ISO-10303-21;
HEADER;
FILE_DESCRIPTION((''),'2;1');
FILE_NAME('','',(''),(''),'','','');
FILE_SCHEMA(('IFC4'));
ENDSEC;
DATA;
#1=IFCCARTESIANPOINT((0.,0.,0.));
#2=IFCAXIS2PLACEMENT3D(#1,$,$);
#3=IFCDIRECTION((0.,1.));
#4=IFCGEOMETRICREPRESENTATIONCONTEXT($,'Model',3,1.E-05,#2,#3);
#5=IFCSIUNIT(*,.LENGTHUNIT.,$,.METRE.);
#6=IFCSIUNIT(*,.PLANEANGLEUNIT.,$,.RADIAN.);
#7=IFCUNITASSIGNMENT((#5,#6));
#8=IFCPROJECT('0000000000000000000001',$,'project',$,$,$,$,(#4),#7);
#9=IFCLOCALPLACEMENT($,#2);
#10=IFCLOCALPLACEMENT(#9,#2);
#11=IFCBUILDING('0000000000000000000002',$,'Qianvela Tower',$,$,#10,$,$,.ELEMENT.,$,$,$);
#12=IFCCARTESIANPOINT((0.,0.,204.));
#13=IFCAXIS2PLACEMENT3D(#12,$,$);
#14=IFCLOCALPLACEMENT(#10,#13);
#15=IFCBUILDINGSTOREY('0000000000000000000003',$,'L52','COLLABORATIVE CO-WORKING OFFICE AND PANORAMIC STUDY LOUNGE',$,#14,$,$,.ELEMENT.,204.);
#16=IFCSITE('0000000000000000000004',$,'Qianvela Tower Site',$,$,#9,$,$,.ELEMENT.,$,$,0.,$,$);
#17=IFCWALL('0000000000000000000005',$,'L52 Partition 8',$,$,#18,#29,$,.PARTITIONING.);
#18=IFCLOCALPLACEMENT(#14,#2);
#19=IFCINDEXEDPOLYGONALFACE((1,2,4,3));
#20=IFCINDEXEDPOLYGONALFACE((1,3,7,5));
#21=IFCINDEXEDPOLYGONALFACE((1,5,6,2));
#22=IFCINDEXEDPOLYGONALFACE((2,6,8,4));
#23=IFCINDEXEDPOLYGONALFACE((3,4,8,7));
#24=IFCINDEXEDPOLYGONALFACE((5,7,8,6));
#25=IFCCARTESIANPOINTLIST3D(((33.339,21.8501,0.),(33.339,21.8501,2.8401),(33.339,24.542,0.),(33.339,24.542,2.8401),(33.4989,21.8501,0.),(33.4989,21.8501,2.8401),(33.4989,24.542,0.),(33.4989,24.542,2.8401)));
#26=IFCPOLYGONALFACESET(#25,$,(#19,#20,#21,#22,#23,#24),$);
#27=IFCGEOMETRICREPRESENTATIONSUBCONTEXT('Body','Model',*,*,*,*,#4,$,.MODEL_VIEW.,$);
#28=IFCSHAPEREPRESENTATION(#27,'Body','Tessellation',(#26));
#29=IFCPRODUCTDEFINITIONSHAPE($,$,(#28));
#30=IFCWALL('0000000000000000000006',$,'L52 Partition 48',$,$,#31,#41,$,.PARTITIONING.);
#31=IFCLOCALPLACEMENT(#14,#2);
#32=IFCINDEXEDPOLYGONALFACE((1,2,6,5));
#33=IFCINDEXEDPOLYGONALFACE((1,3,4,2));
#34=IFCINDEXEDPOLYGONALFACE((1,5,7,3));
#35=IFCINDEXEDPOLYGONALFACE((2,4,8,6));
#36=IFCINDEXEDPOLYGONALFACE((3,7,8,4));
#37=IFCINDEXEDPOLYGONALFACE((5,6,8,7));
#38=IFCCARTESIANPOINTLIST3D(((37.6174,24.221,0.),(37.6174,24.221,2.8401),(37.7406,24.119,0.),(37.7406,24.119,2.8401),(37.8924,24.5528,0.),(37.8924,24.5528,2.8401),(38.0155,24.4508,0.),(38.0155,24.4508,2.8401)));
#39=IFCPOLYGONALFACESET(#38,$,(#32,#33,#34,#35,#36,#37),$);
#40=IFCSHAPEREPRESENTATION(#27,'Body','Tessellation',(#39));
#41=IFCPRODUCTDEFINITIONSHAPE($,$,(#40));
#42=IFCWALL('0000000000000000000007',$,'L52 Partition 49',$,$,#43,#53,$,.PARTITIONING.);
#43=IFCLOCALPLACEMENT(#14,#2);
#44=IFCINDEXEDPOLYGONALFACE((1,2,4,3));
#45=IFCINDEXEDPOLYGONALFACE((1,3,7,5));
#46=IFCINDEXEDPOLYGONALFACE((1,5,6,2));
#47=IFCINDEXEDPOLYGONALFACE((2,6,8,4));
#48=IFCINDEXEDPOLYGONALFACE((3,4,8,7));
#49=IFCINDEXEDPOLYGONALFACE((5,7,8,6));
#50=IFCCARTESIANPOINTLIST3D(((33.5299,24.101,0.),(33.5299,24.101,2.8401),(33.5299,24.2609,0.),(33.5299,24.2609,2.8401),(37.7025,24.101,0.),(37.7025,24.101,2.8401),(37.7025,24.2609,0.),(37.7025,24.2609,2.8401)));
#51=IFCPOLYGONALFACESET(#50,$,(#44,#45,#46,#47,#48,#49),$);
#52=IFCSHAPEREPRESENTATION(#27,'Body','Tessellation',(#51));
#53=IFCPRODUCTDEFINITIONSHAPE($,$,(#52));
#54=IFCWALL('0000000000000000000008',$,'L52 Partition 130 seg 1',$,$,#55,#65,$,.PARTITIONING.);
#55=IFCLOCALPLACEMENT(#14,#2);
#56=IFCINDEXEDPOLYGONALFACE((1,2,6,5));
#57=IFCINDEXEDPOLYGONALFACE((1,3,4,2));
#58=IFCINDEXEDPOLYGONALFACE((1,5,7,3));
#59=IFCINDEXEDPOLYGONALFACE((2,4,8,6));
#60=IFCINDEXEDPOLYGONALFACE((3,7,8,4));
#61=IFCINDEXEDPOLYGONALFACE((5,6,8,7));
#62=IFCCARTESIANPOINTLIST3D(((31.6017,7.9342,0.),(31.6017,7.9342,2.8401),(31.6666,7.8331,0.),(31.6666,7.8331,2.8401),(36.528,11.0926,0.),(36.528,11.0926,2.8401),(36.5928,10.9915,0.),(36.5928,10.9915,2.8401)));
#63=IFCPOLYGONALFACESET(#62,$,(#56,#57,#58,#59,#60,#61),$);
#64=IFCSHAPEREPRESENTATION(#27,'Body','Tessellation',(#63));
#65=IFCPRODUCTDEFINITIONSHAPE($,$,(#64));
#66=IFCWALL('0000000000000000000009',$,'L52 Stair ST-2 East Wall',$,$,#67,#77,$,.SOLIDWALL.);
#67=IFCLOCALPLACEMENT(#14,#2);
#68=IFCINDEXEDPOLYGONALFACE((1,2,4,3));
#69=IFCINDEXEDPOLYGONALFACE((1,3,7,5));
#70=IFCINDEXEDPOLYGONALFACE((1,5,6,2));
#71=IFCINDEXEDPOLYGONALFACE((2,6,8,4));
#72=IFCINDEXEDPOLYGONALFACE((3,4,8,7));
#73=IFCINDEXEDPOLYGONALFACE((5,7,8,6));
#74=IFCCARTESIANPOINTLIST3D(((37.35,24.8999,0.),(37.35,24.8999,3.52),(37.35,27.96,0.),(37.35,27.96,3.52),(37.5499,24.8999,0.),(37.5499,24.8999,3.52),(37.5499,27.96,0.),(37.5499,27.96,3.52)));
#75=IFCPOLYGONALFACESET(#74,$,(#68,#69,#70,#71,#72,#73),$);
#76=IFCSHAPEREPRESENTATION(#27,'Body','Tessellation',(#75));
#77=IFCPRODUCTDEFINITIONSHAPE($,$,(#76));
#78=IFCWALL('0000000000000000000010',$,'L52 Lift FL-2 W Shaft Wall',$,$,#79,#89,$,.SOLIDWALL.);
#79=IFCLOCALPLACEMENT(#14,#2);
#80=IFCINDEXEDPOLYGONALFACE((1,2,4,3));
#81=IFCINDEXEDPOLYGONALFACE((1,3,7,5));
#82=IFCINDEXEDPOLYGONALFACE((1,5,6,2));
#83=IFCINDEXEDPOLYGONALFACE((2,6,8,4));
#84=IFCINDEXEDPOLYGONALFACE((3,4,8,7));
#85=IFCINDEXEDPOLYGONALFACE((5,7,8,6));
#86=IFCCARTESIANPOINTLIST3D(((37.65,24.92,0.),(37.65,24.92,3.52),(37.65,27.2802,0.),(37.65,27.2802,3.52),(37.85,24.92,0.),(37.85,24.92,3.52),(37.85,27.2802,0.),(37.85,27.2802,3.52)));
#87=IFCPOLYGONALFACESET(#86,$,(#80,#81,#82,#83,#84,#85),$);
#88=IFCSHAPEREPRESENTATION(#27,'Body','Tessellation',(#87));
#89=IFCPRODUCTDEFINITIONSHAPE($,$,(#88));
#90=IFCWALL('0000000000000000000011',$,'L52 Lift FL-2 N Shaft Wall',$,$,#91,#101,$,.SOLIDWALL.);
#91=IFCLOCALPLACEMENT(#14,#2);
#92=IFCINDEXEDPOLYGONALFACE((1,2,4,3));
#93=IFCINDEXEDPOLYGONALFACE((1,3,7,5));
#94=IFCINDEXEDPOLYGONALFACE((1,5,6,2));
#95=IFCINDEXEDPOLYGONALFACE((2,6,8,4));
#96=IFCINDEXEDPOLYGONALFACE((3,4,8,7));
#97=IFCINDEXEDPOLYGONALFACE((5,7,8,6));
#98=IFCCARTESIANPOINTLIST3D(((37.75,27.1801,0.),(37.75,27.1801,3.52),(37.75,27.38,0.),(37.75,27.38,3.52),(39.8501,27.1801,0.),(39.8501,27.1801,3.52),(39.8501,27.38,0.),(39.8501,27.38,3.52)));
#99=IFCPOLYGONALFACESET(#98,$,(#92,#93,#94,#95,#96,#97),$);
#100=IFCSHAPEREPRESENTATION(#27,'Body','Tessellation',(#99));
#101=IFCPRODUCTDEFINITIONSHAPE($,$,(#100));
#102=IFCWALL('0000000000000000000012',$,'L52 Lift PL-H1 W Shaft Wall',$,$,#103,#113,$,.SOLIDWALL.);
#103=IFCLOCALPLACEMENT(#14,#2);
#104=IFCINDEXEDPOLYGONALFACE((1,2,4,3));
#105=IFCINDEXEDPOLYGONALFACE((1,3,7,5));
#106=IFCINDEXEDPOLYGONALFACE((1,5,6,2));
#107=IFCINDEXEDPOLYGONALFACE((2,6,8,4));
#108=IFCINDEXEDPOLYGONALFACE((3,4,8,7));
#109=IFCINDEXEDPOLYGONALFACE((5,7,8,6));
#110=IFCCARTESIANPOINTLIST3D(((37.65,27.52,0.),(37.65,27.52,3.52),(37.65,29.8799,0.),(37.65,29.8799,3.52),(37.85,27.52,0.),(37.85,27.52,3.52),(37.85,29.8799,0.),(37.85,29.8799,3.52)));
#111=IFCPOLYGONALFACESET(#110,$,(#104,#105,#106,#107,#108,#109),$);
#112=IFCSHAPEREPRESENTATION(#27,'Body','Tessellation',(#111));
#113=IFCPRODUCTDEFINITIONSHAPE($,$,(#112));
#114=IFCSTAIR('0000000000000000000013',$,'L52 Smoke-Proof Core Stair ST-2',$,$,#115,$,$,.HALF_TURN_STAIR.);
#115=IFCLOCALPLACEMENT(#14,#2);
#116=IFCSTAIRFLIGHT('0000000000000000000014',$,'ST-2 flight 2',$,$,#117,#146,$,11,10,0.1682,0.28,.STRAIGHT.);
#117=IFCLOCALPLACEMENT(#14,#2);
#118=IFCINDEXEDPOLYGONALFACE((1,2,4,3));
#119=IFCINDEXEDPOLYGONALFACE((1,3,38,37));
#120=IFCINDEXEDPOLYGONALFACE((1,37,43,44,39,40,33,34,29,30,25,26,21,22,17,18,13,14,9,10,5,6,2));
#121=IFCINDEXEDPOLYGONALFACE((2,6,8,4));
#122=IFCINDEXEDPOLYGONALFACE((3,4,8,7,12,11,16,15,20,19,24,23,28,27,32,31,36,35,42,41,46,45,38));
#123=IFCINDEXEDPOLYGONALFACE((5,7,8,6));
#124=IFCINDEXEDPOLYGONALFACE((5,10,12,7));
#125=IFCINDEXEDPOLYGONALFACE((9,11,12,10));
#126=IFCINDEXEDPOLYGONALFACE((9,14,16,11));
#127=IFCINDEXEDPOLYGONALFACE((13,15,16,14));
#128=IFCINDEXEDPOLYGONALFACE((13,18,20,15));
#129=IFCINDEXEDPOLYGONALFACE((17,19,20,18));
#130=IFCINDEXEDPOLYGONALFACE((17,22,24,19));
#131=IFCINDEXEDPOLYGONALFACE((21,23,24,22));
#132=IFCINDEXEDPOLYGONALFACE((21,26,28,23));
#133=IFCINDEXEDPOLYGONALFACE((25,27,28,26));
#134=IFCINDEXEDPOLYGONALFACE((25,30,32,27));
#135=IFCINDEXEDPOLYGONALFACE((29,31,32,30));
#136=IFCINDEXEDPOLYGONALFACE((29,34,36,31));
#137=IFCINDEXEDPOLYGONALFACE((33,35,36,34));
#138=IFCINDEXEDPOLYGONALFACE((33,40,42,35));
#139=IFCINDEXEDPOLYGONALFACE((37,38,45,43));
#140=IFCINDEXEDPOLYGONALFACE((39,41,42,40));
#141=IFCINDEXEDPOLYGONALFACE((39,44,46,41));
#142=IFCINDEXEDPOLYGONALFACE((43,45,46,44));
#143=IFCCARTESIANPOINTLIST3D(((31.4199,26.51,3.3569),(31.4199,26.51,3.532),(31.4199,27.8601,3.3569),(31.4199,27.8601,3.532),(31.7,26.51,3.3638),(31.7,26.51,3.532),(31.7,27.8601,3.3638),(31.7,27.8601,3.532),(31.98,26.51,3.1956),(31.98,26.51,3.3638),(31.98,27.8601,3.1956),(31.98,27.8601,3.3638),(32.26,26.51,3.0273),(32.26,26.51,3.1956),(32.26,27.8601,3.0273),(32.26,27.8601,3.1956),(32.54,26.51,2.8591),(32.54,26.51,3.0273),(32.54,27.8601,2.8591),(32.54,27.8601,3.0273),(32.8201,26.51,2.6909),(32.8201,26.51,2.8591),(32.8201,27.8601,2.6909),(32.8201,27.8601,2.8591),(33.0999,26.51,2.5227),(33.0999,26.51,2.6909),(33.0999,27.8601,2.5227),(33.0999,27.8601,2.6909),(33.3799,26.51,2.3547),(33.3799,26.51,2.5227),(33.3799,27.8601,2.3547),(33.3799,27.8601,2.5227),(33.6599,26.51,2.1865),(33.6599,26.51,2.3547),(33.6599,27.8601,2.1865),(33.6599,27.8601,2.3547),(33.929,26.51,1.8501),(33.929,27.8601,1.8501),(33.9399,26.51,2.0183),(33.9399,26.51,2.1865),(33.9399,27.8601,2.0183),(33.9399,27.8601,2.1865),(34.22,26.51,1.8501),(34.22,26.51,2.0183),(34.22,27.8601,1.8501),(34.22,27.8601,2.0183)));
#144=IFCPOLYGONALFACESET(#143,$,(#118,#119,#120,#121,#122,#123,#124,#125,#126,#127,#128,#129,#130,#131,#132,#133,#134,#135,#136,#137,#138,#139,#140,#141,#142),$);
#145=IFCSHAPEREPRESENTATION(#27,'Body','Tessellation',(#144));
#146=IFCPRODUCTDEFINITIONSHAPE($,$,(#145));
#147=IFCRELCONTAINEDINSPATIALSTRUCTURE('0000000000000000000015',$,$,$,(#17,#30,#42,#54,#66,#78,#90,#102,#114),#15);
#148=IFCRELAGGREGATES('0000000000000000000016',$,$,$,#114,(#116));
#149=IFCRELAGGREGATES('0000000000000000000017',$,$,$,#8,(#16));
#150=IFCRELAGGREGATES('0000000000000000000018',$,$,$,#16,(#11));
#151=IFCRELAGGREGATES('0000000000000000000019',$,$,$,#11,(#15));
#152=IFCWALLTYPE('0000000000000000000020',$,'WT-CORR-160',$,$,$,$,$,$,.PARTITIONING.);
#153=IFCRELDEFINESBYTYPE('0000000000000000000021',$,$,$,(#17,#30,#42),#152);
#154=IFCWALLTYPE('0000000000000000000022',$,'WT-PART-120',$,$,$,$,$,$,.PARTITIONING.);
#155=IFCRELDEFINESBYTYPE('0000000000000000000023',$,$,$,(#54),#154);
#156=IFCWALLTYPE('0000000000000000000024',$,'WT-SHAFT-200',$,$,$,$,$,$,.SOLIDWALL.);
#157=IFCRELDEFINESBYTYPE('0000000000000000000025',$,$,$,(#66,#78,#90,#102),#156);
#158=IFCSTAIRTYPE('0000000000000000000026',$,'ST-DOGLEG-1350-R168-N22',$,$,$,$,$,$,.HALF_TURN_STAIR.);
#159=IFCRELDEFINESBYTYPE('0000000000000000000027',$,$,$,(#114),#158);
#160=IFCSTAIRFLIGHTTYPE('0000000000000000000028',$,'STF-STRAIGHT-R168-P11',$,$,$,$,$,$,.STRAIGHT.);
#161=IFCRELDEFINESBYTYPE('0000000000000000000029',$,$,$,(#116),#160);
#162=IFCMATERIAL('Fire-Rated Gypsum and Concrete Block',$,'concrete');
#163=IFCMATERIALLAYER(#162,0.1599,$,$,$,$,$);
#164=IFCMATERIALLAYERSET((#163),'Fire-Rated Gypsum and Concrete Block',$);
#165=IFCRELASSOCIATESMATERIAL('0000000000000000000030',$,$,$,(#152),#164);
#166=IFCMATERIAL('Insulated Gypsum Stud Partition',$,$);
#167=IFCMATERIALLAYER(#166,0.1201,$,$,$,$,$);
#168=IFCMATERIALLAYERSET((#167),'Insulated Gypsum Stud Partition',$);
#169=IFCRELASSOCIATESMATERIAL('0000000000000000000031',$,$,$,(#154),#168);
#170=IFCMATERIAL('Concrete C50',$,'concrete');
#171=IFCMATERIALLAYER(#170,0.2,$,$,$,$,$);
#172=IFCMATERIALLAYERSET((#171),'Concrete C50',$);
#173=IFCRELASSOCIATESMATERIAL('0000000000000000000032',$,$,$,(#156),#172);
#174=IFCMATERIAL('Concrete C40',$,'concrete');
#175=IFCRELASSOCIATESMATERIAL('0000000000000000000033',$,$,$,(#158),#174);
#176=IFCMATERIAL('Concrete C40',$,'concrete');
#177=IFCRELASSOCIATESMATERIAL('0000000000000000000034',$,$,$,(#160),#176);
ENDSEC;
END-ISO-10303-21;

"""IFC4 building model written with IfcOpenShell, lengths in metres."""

from ifc_helpers import new_model, si_unit, direction, frame, frame_2d, origin, place, context, subcontext, project, spatial, polyline, rectangle, outline, extrude, material, layer, layer_set, type_object, element, aggregate, save


model = new_model("IFC4")

# Units and contexts
model_context = context("Model", 3, precision=1e-05, world=origin(), true_north=direction((0.0, 1.0)))
body_context = subcontext(model_context, "Body", "Model", "MODEL_VIEW")
ifc_project = project(units=[si_unit("LENGTHUNIT", "METRE"), si_unit("PLANEANGLEUNIT", "RADIAN")], contexts=[model_context])

# Site, building, storey
site_placement = place(None, origin())
site = spatial("IfcSite", under=ifc_project, at=site_placement, Name="Qianvela Tower Site", CompositionType="ELEMENT", RefElevation=0.0)
building_placement = place(site_placement, origin())
building = spatial("IfcBuilding", under=site, at=building_placement, Name="Qianvela Tower", CompositionType="ELEMENT")
storey_placement = place(building_placement, frame((0.0, 0.0, 204.0)))
storey = spatial("IfcBuildingStorey", under=building, at=storey_placement, Name="L52", Description="COLLABORATIVE CO-WORKING OFFICE AND PANORAMIC STUDY LOUNGE", CompositionType="ELEMENT", Elevation=204.0)

# Shared definitions
ifc_material_1 = material(Name="Fire-Rated Gypsum and Concrete Block", Category="concrete")
ifc_layer_1 = layer(ifc_material_1, 0.1599)
ifc_layer_set_1 = layer_set([ifc_layer_1], Name="Fire-Rated Gypsum and Concrete Block")
wall_type_1 = type_object("IfcWallType", Name="WT-CORR-160", PredefinedType="PARTITIONING", material=ifc_layer_set_1)

# Walls
wall_1_placement = place(storey_placement, frame((33.4189, 24.542, 0.0), z_axis=(0.0, 0.0, 1.0), x_axis=(0.0, -1.0, 0.0)))
element("IfcWall", 1, at=wall_1_placement, inside=storey, type_object=wall_type_1, Name="L52 Partition 8", PredefinedType="PARTITIONING", context=body_context, shape_type="SweptSolid", body=[
    extrude(rectangle(XDim=2.6919, YDim=0.1599, at=frame_2d((1.3459, 0.0))), origin(), (0.0, 0.0, 1.0), 2.8401),
])
wall_2_placement = place(storey_placement, frame((37.9539, 24.5017, 0.0), z_axis=(0.0, 0.0, 1.0), x_axis=(-0.638008, -0.77003, 0.0)))
element("IfcWall", 2, at=wall_2_placement, inside=storey, type_object=wall_type_1, Name="L52 Partition 48", PredefinedType="PARTITIONING", context=body_context, shape_type="SweptSolid", body=[
    extrude(rectangle(XDim=0.4309, YDim=0.1599, at=frame_2d((0.2153, 0.0))), origin(), (0.0, 0.0, 1.0), 2.8401),
])
wall_3_placement = place(storey_placement, frame((37.7026, 24.1809, 0.0), z_axis=(0.0, 0.0, 1.0), x_axis=(-1.0, 0.0, 0.0)))
element("IfcWall", 3, at=wall_3_placement, inside=storey, type_object=wall_type_1, Name="L52 Partition 49", PredefinedType="PARTITIONING", context=body_context, shape_type="SweptSolid", body=[
    extrude(rectangle(XDim=4.1726, YDim=0.1599, at=frame_2d((2.0864, 0.0))), origin(), (0.0, 0.0, 1.0), 2.8401),
])
ifc_material_2 = material(Name="Insulated Gypsum Stud Partition")
ifc_layer_2 = layer(ifc_material_2, 0.1201)
ifc_layer_set_2 = layer_set([ifc_layer_2], Name="Insulated Gypsum Stud Partition")
wall_type_2 = type_object("IfcWallType", Name="WT-PART-120", PredefinedType="PARTITIONING", material=ifc_layer_set_2)
wall_4_placement = place(storey_placement, frame((36.5603, 11.042, 0.0), z_axis=(0.0, 0.0, 1.0), x_axis=(-0.841834, -0.539737, 0.0)))
element("IfcWall", 4, at=wall_4_placement, inside=storey, type_object=wall_type_2, Name="L52 Partition 130 seg 1", PredefinedType="PARTITIONING", context=body_context, shape_type="SweptSolid", body=[
    extrude(rectangle(XDim=5.8518, YDim=0.1201, at=frame_2d((2.9258, 0.0))), origin(), (0.0, 0.0, 1.0), 2.8401),
])
ifc_material_3 = material(Name="Concrete C50", Category="concrete")
ifc_layer_3 = layer(ifc_material_3, 0.2)
ifc_layer_set_3 = layer_set([ifc_layer_3], Name="Concrete C50")
wall_type_3 = type_object("IfcWallType", Name="WT-SHAFT-200", PredefinedType="SOLIDWALL", material=ifc_layer_set_3)
wall_5_placement = place(storey_placement, frame((37.45, 24.8999, 0.0), z_axis=(0.0, 0.0, 1.0), x_axis=(0.0, 1.0, 0.0)))
element("IfcWall", 5, at=wall_5_placement, inside=storey, type_object=wall_type_3, Name="L52 Stair ST-2 East Wall", PredefinedType="SOLIDWALL", context=body_context, shape_type="SweptSolid", body=[
    extrude(rectangle(XDim=3.0601, YDim=0.2, at=frame_2d((1.53, 0.0))), origin(), (0.0, 0.0, 1.0), 3.52),
])
wall_6_placement = place(storey_placement, frame((37.75, 24.9199, 0.0), z_axis=(0.0, 0.0, 1.0), x_axis=(0.0, 1.0, 0.0)))
element("IfcWall", 6, at=wall_6_placement, inside=storey, type_object=wall_type_3, Name="L52 Lift FL-2 W Shaft Wall", PredefinedType="SOLIDWALL", context=body_context, shape_type="SweptSolid", body=[
    extrude(rectangle(XDim=2.3601, YDim=0.2, at=frame_2d((1.1802, 0.0))), origin(), (0.0, 0.0, 1.0), 3.52),
])
wall_7_placement = place(storey_placement, frame((37.75, 27.28, 0.0), z_axis=(0.0, 0.0, 1.0), x_axis=(1.0, 0.0, 0.0)))
element("IfcWall", 7, at=wall_7_placement, inside=storey, type_object=wall_type_3, Name="L52 Lift FL-2 N Shaft Wall", PredefinedType="SOLIDWALL", context=body_context, shape_type="SweptSolid", body=[
    extrude(rectangle(XDim=2.1001, YDim=0.2, at=frame_2d((1.05, 0.0))), origin(), (0.0, 0.0, 1.0), 3.52),
])
wall_8_placement = place(storey_placement, frame((37.75, 27.52, 0.0), z_axis=(0.0, 0.0, 1.0), x_axis=(0.0, 1.0, 0.0)))
element("IfcWall", 8, at=wall_8_placement, inside=storey, type_object=wall_type_3, Name="L52 Lift PL-H1 W Shaft Wall", PredefinedType="SOLIDWALL", context=body_context, shape_type="SweptSolid", body=[
    extrude(rectangle(XDim=2.3599, YDim=0.2, at=frame_2d((1.1799, 0.0))), origin(), (0.0, 0.0, 1.0), 3.52),
])

# Stair, stair flight
ifc_material_4 = material(Name="Concrete C40", Category="concrete")
stair_type = type_object("IfcStairType", Name="ST-DOGLEG-1350-R168-N22", PredefinedType="HALF_TURN_STAIR", material=ifc_material_4)
stair_placement = place(storey_placement, origin())
stair = element("IfcStair", 9, at=stair_placement, inside=storey, type_object=stair_type, Name="L52 Smoke-Proof Core Stair ST-2", PredefinedType="HALF_TURN_STAIR")
ifc_material_5 = material(Name="Concrete C40", Category="concrete")
stair_flight_type = type_object("IfcStairFlightType", Name="STF-STRAIGHT-R168-P11", PredefinedType="STRAIGHT", material=ifc_material_5)
stair_flight_placement = place(storey_placement, frame((34.22, 27.1851, 1.8501), z_axis=(0.0, 0.0, 1.0), x_axis=(-1.0, 0.0, 0.0)))
stair_flight = element("IfcStairFlight", 10, at=stair_flight_placement, type_object=stair_flight_type, Name="ST-2 flight 2", NumberOfRisers=11, NumberOfTreads=10, PredefinedType="STRAIGHT", RiserHeight=0.1682, TreadLength=0.28, context=body_context, shape_type="SweptSolid", body=[
    extrude(outline(polyline([(0.0, 0.0), (0.0, 0.1682), (0.28, 0.1682), (0.28, 0.3364), (0.5601, 0.3364), (0.5601, 0.5046), (0.8401, 0.5046), (0.8401, 0.6726), (1.1201, 0.6726), (1.1201, 0.8408), (1.3999, 0.8408), (1.3999, 1.009), (1.6799, 1.009), (1.6799, 1.1772), (1.96, 1.1772), (1.96, 1.3455), (2.24, 1.3455), (2.24, 1.5137), (2.52, 1.5137), (2.52, 1.6819), (2.8, 1.6819), (2.8, 1.8501), (2.8, 1.5068), (0.291, 0.0), (0.0, 0.0)])), frame((0.0, 0.675, 0.0), z_axis=(0.0, -1.0, 0.0), x_axis=(1.0, 0.0, 0.0)), (0.0, 0.0, 1.0), 1.3501),
])
aggregate(stair, [stair_flight])

save(model, "model.ifc")
